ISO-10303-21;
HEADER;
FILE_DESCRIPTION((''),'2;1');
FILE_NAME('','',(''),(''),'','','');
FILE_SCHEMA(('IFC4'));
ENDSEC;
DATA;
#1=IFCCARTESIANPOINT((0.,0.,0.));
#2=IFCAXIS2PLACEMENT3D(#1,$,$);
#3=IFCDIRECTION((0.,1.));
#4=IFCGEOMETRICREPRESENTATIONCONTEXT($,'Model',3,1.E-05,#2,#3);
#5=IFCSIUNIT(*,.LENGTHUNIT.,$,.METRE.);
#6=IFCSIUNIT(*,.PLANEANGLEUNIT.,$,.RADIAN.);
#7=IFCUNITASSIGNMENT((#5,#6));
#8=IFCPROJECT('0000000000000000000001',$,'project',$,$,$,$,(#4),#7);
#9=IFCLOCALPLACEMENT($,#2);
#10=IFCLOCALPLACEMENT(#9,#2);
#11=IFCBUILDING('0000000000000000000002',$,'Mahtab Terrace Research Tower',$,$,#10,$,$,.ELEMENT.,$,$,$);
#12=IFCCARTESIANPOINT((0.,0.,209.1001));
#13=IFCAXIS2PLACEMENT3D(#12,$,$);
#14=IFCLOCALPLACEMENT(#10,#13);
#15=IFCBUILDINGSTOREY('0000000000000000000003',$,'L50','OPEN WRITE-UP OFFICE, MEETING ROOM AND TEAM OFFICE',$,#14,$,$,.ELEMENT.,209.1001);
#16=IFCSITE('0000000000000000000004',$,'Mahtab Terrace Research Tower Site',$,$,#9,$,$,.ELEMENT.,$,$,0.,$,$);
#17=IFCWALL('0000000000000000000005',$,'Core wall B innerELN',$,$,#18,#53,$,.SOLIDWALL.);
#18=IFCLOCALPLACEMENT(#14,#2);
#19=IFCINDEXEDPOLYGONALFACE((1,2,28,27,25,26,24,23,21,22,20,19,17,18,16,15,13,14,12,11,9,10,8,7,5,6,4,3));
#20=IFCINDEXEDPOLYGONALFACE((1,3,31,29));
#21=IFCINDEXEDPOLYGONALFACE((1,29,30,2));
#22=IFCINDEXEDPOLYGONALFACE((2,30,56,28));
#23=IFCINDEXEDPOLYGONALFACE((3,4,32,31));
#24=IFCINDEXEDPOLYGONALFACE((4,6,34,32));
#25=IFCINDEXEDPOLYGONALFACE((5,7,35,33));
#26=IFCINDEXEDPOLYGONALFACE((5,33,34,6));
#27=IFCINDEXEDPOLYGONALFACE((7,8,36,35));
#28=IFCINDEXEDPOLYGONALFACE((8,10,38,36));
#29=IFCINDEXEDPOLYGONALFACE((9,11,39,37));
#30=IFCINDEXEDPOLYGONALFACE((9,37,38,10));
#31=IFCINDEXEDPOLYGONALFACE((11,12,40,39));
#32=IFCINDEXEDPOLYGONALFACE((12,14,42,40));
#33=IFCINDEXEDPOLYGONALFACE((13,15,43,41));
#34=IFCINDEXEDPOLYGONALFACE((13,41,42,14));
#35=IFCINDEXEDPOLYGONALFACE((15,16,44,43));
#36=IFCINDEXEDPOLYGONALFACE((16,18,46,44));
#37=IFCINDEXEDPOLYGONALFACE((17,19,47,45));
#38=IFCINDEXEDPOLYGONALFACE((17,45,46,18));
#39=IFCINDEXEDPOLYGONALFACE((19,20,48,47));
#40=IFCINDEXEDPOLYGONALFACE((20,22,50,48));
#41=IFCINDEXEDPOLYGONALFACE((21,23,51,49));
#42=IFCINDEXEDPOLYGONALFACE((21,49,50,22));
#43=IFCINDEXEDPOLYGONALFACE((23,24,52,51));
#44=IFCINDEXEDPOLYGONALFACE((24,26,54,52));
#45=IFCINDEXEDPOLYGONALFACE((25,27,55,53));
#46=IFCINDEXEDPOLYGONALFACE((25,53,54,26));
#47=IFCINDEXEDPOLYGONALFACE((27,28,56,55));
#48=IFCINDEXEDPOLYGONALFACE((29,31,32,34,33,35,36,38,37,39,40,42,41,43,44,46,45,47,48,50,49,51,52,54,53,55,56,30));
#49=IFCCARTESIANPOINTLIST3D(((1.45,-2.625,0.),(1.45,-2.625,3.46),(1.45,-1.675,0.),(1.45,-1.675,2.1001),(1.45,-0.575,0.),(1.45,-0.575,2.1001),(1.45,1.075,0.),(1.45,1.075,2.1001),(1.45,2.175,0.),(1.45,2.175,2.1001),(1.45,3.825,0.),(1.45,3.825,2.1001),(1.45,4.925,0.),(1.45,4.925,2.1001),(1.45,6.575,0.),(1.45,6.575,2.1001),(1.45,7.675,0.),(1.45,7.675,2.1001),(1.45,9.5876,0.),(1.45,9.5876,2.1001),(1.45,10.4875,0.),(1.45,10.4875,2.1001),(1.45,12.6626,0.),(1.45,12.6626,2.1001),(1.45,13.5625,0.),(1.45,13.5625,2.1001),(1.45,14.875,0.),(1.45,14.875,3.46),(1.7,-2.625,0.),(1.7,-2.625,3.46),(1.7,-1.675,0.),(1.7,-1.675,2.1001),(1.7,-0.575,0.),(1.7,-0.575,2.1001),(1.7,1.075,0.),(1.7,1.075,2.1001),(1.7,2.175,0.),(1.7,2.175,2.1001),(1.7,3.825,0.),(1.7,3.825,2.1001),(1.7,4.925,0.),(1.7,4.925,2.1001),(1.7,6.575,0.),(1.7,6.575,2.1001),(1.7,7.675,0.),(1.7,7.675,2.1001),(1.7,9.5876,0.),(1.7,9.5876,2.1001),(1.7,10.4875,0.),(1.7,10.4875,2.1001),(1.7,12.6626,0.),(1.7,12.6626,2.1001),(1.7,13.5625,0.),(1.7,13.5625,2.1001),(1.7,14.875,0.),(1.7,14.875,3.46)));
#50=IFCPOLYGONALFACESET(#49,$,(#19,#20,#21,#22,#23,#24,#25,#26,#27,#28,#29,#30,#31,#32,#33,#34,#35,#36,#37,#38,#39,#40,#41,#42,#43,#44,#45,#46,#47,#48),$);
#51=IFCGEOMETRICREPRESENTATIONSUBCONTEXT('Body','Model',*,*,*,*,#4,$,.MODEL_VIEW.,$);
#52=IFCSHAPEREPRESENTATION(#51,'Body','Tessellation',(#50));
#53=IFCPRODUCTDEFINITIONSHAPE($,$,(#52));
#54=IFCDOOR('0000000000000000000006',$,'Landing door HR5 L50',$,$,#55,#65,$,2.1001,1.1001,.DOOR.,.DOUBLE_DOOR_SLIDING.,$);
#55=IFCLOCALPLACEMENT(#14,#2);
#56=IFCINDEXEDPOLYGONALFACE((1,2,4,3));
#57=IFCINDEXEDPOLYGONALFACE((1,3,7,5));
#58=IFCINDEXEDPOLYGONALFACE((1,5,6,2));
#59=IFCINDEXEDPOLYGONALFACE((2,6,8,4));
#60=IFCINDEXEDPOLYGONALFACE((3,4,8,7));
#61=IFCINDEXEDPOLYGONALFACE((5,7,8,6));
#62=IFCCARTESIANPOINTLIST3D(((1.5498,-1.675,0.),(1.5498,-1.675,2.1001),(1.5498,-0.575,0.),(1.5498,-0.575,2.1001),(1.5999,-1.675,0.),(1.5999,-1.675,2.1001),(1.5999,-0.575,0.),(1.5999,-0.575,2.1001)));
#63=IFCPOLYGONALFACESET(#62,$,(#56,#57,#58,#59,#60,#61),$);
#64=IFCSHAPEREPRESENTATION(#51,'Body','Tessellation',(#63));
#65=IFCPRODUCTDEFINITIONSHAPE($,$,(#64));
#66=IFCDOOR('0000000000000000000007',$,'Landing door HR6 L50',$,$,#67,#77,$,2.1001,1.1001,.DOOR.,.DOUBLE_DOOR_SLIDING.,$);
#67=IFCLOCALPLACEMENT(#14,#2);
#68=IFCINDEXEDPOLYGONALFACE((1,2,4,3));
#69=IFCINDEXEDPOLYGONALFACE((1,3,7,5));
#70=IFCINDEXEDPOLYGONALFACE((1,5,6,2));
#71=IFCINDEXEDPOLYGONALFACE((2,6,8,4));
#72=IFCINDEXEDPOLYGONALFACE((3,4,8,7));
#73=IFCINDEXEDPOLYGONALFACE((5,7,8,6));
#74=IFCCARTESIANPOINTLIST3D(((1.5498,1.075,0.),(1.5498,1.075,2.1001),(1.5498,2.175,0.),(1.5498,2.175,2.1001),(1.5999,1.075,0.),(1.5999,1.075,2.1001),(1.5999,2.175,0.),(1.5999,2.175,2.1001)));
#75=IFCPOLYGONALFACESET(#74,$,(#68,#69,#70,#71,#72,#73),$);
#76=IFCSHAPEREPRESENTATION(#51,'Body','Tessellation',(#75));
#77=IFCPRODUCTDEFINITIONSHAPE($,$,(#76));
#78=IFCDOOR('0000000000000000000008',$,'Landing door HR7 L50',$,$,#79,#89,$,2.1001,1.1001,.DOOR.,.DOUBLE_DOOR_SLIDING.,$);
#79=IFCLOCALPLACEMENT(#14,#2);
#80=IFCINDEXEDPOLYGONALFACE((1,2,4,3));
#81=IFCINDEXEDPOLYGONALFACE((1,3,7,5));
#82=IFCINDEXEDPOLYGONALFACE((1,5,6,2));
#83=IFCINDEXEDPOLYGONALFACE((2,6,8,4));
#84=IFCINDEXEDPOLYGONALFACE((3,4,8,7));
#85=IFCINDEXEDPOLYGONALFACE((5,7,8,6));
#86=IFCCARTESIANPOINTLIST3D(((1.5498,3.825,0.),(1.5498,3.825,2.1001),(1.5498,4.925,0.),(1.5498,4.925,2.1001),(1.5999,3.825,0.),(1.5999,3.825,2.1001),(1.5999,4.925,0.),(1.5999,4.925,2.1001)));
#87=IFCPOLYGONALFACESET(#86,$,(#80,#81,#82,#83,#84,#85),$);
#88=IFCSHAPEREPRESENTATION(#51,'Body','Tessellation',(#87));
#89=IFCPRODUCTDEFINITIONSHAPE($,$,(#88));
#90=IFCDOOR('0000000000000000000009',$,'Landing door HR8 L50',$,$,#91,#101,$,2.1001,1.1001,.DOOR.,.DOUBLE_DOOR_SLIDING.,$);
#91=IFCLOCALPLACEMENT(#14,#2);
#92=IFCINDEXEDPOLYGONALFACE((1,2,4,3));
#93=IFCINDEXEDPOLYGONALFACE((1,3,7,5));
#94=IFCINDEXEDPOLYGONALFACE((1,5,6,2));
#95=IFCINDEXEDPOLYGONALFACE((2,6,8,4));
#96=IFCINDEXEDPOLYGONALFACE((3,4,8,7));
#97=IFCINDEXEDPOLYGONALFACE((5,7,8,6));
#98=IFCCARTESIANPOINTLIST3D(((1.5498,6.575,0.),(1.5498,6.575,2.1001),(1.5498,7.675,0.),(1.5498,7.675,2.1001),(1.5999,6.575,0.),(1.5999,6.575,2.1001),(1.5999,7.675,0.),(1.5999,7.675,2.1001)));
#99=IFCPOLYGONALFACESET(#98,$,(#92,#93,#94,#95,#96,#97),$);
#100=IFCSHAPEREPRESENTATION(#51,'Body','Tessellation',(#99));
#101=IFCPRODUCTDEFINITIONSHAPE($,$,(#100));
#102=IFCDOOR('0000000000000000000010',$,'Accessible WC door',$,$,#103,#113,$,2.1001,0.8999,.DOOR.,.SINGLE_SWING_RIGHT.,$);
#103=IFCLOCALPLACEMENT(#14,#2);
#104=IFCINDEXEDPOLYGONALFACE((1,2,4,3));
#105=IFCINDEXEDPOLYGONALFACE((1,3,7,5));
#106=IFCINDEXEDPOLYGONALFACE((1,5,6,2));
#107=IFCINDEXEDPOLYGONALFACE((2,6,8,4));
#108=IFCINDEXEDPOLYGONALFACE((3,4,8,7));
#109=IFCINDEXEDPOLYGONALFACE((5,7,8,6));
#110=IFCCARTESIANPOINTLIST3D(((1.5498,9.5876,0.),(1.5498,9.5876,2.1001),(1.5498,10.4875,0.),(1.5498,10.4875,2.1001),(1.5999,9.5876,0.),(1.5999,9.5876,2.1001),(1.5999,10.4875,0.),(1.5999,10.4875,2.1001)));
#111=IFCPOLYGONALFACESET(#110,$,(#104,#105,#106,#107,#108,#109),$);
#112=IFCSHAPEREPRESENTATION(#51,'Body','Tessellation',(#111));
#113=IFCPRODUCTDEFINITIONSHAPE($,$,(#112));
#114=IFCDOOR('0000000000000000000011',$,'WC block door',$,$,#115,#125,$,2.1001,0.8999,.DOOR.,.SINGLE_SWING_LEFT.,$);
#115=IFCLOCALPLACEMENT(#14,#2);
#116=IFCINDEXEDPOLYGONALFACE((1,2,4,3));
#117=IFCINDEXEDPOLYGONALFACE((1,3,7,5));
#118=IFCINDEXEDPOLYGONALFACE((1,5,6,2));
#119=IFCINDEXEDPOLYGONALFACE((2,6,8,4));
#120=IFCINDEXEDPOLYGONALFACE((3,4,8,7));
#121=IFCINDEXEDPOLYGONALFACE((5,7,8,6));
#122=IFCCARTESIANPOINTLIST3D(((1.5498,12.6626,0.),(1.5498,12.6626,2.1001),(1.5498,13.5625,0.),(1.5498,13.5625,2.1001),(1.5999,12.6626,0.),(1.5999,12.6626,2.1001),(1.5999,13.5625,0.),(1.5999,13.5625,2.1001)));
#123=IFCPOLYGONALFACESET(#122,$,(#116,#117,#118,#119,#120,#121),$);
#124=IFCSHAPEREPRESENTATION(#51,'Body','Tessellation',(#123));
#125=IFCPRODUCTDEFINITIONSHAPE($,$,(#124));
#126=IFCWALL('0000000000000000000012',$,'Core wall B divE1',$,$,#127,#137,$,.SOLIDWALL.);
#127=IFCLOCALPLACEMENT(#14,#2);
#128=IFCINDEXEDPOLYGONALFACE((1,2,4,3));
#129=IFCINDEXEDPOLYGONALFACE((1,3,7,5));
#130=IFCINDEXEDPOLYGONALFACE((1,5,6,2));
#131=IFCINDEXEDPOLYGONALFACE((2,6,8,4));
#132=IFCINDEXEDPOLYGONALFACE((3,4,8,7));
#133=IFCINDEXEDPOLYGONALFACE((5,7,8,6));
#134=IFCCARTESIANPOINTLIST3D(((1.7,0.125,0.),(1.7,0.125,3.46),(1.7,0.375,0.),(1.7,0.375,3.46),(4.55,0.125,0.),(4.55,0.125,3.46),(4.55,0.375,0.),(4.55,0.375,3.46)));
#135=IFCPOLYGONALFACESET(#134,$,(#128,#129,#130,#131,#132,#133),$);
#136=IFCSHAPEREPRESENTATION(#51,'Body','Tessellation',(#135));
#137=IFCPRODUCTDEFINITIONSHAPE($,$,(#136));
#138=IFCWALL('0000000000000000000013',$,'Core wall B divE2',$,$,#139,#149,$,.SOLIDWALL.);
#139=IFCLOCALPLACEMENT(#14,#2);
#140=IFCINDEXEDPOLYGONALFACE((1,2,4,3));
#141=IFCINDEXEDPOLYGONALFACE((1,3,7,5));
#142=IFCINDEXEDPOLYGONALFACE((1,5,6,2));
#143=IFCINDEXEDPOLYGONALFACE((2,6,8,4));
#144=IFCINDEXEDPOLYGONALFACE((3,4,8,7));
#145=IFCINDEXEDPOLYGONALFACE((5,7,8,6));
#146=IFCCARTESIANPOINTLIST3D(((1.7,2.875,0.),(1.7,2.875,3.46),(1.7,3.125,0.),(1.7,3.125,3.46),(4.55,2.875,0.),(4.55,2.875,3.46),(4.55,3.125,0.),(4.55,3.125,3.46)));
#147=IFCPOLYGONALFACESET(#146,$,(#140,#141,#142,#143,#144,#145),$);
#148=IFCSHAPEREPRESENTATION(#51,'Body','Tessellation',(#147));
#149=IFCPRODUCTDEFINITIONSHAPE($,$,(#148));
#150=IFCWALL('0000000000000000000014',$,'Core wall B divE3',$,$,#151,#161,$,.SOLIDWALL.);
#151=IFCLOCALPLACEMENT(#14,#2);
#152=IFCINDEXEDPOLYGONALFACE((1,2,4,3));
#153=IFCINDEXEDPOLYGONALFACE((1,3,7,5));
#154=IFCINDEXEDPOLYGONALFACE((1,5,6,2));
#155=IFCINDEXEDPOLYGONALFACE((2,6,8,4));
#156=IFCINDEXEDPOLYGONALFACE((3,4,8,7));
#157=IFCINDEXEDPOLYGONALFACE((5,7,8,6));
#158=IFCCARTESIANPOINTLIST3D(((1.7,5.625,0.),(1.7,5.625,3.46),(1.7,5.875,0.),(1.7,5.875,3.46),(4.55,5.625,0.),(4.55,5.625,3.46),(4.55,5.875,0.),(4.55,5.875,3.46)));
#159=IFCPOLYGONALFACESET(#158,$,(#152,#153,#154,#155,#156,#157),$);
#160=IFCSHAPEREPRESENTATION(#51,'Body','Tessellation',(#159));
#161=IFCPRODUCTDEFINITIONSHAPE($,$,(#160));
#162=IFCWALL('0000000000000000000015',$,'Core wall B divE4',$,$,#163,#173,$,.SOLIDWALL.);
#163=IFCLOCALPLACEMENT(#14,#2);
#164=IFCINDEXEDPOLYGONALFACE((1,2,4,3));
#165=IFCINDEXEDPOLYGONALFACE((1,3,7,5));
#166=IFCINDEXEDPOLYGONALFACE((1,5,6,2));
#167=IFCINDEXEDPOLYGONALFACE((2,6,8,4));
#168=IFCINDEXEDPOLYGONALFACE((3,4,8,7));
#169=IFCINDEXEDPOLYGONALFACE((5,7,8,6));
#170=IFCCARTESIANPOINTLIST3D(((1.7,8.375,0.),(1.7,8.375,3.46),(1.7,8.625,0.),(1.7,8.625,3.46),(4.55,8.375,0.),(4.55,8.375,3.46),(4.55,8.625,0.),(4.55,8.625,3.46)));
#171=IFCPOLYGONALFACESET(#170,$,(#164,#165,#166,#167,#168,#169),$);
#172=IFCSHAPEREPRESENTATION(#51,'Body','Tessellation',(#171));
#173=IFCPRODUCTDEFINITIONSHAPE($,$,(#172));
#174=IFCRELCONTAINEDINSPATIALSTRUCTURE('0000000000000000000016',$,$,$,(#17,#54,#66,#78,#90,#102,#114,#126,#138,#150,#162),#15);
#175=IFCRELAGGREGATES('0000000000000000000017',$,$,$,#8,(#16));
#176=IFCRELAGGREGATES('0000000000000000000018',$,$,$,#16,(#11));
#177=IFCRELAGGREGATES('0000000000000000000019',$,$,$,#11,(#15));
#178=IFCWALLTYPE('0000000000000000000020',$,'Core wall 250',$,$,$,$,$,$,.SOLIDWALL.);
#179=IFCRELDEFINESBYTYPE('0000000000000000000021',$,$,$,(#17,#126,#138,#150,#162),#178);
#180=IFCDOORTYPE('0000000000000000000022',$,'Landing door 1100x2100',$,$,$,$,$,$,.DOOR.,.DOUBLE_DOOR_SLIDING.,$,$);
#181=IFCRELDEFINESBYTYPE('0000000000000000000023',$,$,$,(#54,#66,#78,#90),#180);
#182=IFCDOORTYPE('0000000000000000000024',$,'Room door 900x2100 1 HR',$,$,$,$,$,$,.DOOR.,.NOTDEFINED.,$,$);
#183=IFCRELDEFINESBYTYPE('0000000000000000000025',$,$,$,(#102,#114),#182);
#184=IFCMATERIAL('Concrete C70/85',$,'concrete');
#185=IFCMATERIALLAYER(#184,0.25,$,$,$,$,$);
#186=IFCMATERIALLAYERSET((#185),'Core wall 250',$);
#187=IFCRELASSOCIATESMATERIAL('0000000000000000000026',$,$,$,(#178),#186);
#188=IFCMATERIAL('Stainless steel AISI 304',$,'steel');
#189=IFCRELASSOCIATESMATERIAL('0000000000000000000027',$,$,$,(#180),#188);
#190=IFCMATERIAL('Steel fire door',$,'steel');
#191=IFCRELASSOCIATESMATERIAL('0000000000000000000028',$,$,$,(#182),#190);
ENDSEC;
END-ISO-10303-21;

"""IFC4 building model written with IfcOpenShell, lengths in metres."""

from ifc_helpers import new_model, si_unit, direction, frame, frame_2d, origin, place, context, subcontext, project, spatial, rectangle, extrude, material, layer, layer_set, type_object, element, fill, save


model = new_model("IFC4")

# Units and contexts
model_context = context("Model", 3, precision=1e-05, world=origin(), true_north=direction((0.0, 1.0)))
body_context = subcontext(model_context, "Body", "Model", "MODEL_VIEW")
ifc_project = project(units=[si_unit("LENGTHUNIT", "METRE"), si_unit("PLANEANGLEUNIT", "RADIAN")], contexts=[model_context])

# Site, building, storey
site_placement = place(None, origin())
site = spatial("IfcSite", under=ifc_project, at=site_placement, Name="Mahtab Terrace Research Tower Site", CompositionType="ELEMENT", RefElevation=0.0)
building_placement = place(site_placement, origin())
building = spatial("IfcBuilding", under=site, at=building_placement, Name="Mahtab Terrace Research Tower", CompositionType="ELEMENT")
storey_placement = place(building_placement, frame((0.0, 0.0, 209.1001)))
storey = spatial("IfcBuildingStorey", under=building, at=storey_placement, Name="L50", Description="OPEN WRITE-UP OFFICE, MEETING ROOM AND TEAM OFFICE", CompositionType="ELEMENT", Elevation=209.1001)

# Wall, openings, doors
ifc_material_1 = material(Name="Concrete C70/85", Category="concrete")
ifc_layer_1 = layer(ifc_material_1, 0.25)
ifc_layer_set_1 = layer_set([ifc_layer_1], Name="Core wall 250")
wall_type_1 = type_object("IfcWallType", Name="Core wall 250", PredefinedType="SOLIDWALL", material=ifc_layer_set_1)
wall_1_placement = place(storey_placement, frame((1.575, 14.875, 0.0), z_axis=(0.0, 0.0, 1.0), x_axis=(0.0, -1.0, 0.0)))
wall_1 = element("IfcWall", 1, at=wall_1_placement, inside=storey, type_object=wall_type_1, Name="Core wall B innerELN", PredefinedType="SOLIDWALL", context=body_context, shape_type="SweptSolid", body=[
    extrude(rectangle(XDim=17.5, YDim=0.25, at=frame_2d((8.75, 0.0))), origin(), (0.0, 0.0, 1.0), 3.46),
])
opening_1_placement = place(wall_1_placement, frame((15.45, 0.0, 0.0)))
opening_1 = element("IfcOpeningElement", 2, at=opening_1_placement, cuts=wall_1, PredefinedType="OPENING", context=body_context, shape_type="SweptSolid", body=[
    extrude(rectangle(XDim=1.1001, YDim=2.1001, at=frame_2d((0.55, 1.05))), frame((0.0, 0.135, 0.0), z_axis=(0.0, -1.0, 0.0), x_axis=(1.0, 0.0, 0.0)), (0.0, 0.0, 1.0), 0.27),
])
opening_2_placement = place(wall_1_placement, frame((12.7, 0.0, 0.0)))
opening_2 = element("IfcOpeningElement", 3, at=opening_2_placement, cuts=wall_1, PredefinedType="OPENING", context=body_context, shape_type="SweptSolid", body=[
    extrude(rectangle(XDim=1.1001, YDim=2.1001, at=frame_2d((0.55, 1.05))), frame((0.0, 0.135, 0.0), z_axis=(0.0, -1.0, 0.0), x_axis=(1.0, 0.0, 0.0)), (0.0, 0.0, 1.0), 0.27),
])
opening_3_placement = place(wall_1_placement, frame((9.95, 0.0, 0.0)))
opening_3 = element("IfcOpeningElement", 4, at=opening_3_placement, cuts=wall_1, PredefinedType="OPENING", context=body_context, shape_type="SweptSolid", body=[
    extrude(rectangle(XDim=1.1001, YDim=2.1001, at=frame_2d((0.55, 1.05))), frame((0.0, 0.135, 0.0), z_axis=(0.0, -1.0, 0.0), x_axis=(1.0, 0.0, 0.0)), (0.0, 0.0, 1.0), 0.27),
])
opening_4_placement = place(wall_1_placement, frame((7.2, 0.0, 0.0)))
opening_4 = element("IfcOpeningElement", 5, at=opening_4_placement, cuts=wall_1, PredefinedType="OPENING", context=body_context, shape_type="SweptSolid", body=[
    extrude(rectangle(XDim=1.1001, YDim=2.1001, at=frame_2d((0.55, 1.05))), frame((0.0, 0.135, 0.0), z_axis=(0.0, -1.0, 0.0), x_axis=(1.0, 0.0, 0.0)), (0.0, 0.0, 1.0), 0.27),
])
opening_5_placement = place(wall_1_placement, frame((4.3875, 0.0, 0.0)))
opening_5 = element("IfcOpeningElement", 6, at=opening_5_placement, cuts=wall_1, PredefinedType="OPENING", context=body_context, shape_type="SweptSolid", body=[
    extrude(rectangle(XDim=0.8999, YDim=2.1001, at=frame_2d((0.45, 1.05))), frame((0.0, 0.135, 0.0), z_axis=(0.0, -1.0, 0.0), x_axis=(1.0, 0.0, 0.0)), (0.0, 0.0, 1.0), 0.27),
])
opening_6_placement = place(wall_1_placement, frame((1.3125, 0.0, 0.0)))
opening_6 = element("IfcOpeningElement", 7, at=opening_6_placement, cuts=wall_1, PredefinedType="OPENING", context=body_context, shape_type="SweptSolid", body=[
    extrude(rectangle(XDim=0.8999, YDim=2.1001, at=frame_2d((0.45, 1.05))), frame((0.0, 0.135, 0.0), z_axis=(0.0, -1.0, 0.0), x_axis=(1.0, 0.0, 0.0)), (0.0, 0.0, 1.0), 0.27),
])
ifc_material_2 = material(Name="Stainless steel AISI 304", Category="steel")
door_type_1 = type_object("IfcDoorType", Name="Landing door 1100x2100", OperationType="DOUBLE_DOOR_SLIDING", PredefinedType="DOOR", material=ifc_material_2)
door_1_placement = place(opening_1_placement, origin())
door_1 = element("IfcDoor", 8, at=door_1_placement, inside=storey, type_object=door_type_1, Name="Landing door HR5 L50", OperationType="DOUBLE_DOOR_SLIDING", OverallHeight=2.1001, OverallWidth=1.1001, PredefinedType="DOOR", context=body_context, shape_type="SweptSolid", body=[
    extrude(rectangle(XDim=1.1001, YDim=2.1001, at=frame_2d((0.55, 1.05))), frame((0.0, 0.0249, 0.0), z_axis=(0.0, -1.0, 0.0), x_axis=(1.0, 0.0, 0.0)), (0.0, 0.0, 1.0), 0.05),
])
fill(opening_1, door_1)
door_2_placement = place(opening_2_placement, origin())
door_2 = element("IfcDoor", 9, at=door_2_placement, inside=storey, type_object=door_type_1, Name="Landing door HR6 L50", OperationType="DOUBLE_DOOR_SLIDING", OverallHeight=2.1001, OverallWidth=1.1001, PredefinedType="DOOR", context=body_context, shape_type="SweptSolid", body=[
    extrude(rectangle(XDim=1.1001, YDim=2.1001, at=frame_2d((0.55, 1.05))), frame((0.0, 0.0249, 0.0), z_axis=(0.0, -1.0, 0.0), x_axis=(1.0, 0.0, 0.0)), (0.0, 0.0, 1.0), 0.05),
])
fill(opening_2, door_2)
door_3_placement = place(opening_3_placement, origin())
door_3 = element("IfcDoor", 10, at=door_3_placement, inside=storey, type_object=door_type_1, Name="Landing door HR7 L50", OperationType="DOUBLE_DOOR_SLIDING", OverallHeight=2.1001, OverallWidth=1.1001, PredefinedType="DOOR", context=body_context, shape_type="SweptSolid", body=[
    extrude(rectangle(XDim=1.1001, YDim=2.1001, at=frame_2d((0.55, 1.05))), frame((0.0, 0.0249, 0.0), z_axis=(0.0, -1.0, 0.0), x_axis=(1.0, 0.0, 0.0)), (0.0, 0.0, 1.0), 0.05),
])
fill(opening_3, door_3)
door_4_placement = place(opening_4_placement, origin())
door_4 = element("IfcDoor", 11, at=door_4_placement, inside=storey, type_object=door_type_1, Name="Landing door HR8 L50", OperationType="DOUBLE_DOOR_SLIDING", OverallHeight=2.1001, OverallWidth=1.1001, PredefinedType="DOOR", context=body_context, shape_type="SweptSolid", body=[
    extrude(rectangle(XDim=1.1001, YDim=2.1001, at=frame_2d((0.55, 1.05))), frame((0.0, 0.0249, 0.0), z_axis=(0.0, -1.0, 0.0), x_axis=(1.0, 0.0, 0.0)), (0.0, 0.0, 1.0), 0.05),
])
fill(opening_4, door_4)
ifc_material_3 = material(Name="Steel fire door", Category="steel")
door_type_2 = type_object("IfcDoorType", Name="Room door 900x2100 1 HR", OperationType="NOTDEFINED", PredefinedType="DOOR", material=ifc_material_3)
door_5_placement = place(opening_5_placement, origin())
door_5 = element("IfcDoor", 12, at=door_5_placement, inside=storey, type_object=door_type_2, Name="Accessible WC door", OperationType="SINGLE_SWING_RIGHT", OverallHeight=2.1001, OverallWidth=0.8999, PredefinedType="DOOR", context=body_context, shape_type="SweptSolid", body=[
    extrude(rectangle(XDim=0.8999, YDim=2.1001, at=frame_2d((0.45, 1.05))), frame((0.0, 0.0249, 0.0), z_axis=(0.0, -1.0, 0.0), x_axis=(1.0, 0.0, 0.0)), (0.0, 0.0, 1.0), 0.05),
])
fill(opening_5, door_5)
door_6_placement = place(opening_6_placement, origin())
door_6 = element("IfcDoor", 13, at=door_6_placement, inside=storey, type_object=door_type_2, Name="WC block door", OperationType="SINGLE_SWING_LEFT", OverallHeight=2.1001, OverallWidth=0.8999, PredefinedType="DOOR", context=body_context, shape_type="SweptSolid", body=[
    extrude(rectangle(XDim=0.8999, YDim=2.1001, at=frame_2d((0.45, 1.05))), frame((0.0, 0.0249, 0.0), z_axis=(0.0, -1.0, 0.0), x_axis=(1.0, 0.0, 0.0)), (0.0, 0.0, 1.0), 0.05),
])
fill(opening_6, door_6)

# Walls
for number, where, z_axis, x_axis, name in (
    (14, (1.7, 0.25, 0.0), (0.0, 0.0, 1.0), (1.0, 0.0, 0.0), "Core wall B divE1"),
    (15, (1.7, 3.0, 0.0), (0.0, 0.0, 1.0), (1.0, 0.0, 0.0), "Core wall B divE2"),
    (16, (1.7, 5.75, 0.0), (0.0, 0.0, 1.0), (1.0, 0.0, 0.0), "Core wall B divE3"),
    (17, (1.7, 8.5, 0.0), (0.0, 0.0, 1.0), (1.0, 0.0, 0.0), "Core wall B divE4"),
):
    element("IfcWall", number, at=place(storey_placement, frame(where, z_axis=z_axis, x_axis=x_axis)), inside=storey, type_object=wall_type_1, Name=name, PredefinedType="SOLIDWALL", context=body_context, shape_type="SweptSolid", body=[
        extrude(rectangle(XDim=2.8501, YDim=0.25, at=frame_2d((1.425, 0.0))), origin(), (0.0, 0.0, 1.0), 3.46),
    ])

save(model, "model.ifc")
